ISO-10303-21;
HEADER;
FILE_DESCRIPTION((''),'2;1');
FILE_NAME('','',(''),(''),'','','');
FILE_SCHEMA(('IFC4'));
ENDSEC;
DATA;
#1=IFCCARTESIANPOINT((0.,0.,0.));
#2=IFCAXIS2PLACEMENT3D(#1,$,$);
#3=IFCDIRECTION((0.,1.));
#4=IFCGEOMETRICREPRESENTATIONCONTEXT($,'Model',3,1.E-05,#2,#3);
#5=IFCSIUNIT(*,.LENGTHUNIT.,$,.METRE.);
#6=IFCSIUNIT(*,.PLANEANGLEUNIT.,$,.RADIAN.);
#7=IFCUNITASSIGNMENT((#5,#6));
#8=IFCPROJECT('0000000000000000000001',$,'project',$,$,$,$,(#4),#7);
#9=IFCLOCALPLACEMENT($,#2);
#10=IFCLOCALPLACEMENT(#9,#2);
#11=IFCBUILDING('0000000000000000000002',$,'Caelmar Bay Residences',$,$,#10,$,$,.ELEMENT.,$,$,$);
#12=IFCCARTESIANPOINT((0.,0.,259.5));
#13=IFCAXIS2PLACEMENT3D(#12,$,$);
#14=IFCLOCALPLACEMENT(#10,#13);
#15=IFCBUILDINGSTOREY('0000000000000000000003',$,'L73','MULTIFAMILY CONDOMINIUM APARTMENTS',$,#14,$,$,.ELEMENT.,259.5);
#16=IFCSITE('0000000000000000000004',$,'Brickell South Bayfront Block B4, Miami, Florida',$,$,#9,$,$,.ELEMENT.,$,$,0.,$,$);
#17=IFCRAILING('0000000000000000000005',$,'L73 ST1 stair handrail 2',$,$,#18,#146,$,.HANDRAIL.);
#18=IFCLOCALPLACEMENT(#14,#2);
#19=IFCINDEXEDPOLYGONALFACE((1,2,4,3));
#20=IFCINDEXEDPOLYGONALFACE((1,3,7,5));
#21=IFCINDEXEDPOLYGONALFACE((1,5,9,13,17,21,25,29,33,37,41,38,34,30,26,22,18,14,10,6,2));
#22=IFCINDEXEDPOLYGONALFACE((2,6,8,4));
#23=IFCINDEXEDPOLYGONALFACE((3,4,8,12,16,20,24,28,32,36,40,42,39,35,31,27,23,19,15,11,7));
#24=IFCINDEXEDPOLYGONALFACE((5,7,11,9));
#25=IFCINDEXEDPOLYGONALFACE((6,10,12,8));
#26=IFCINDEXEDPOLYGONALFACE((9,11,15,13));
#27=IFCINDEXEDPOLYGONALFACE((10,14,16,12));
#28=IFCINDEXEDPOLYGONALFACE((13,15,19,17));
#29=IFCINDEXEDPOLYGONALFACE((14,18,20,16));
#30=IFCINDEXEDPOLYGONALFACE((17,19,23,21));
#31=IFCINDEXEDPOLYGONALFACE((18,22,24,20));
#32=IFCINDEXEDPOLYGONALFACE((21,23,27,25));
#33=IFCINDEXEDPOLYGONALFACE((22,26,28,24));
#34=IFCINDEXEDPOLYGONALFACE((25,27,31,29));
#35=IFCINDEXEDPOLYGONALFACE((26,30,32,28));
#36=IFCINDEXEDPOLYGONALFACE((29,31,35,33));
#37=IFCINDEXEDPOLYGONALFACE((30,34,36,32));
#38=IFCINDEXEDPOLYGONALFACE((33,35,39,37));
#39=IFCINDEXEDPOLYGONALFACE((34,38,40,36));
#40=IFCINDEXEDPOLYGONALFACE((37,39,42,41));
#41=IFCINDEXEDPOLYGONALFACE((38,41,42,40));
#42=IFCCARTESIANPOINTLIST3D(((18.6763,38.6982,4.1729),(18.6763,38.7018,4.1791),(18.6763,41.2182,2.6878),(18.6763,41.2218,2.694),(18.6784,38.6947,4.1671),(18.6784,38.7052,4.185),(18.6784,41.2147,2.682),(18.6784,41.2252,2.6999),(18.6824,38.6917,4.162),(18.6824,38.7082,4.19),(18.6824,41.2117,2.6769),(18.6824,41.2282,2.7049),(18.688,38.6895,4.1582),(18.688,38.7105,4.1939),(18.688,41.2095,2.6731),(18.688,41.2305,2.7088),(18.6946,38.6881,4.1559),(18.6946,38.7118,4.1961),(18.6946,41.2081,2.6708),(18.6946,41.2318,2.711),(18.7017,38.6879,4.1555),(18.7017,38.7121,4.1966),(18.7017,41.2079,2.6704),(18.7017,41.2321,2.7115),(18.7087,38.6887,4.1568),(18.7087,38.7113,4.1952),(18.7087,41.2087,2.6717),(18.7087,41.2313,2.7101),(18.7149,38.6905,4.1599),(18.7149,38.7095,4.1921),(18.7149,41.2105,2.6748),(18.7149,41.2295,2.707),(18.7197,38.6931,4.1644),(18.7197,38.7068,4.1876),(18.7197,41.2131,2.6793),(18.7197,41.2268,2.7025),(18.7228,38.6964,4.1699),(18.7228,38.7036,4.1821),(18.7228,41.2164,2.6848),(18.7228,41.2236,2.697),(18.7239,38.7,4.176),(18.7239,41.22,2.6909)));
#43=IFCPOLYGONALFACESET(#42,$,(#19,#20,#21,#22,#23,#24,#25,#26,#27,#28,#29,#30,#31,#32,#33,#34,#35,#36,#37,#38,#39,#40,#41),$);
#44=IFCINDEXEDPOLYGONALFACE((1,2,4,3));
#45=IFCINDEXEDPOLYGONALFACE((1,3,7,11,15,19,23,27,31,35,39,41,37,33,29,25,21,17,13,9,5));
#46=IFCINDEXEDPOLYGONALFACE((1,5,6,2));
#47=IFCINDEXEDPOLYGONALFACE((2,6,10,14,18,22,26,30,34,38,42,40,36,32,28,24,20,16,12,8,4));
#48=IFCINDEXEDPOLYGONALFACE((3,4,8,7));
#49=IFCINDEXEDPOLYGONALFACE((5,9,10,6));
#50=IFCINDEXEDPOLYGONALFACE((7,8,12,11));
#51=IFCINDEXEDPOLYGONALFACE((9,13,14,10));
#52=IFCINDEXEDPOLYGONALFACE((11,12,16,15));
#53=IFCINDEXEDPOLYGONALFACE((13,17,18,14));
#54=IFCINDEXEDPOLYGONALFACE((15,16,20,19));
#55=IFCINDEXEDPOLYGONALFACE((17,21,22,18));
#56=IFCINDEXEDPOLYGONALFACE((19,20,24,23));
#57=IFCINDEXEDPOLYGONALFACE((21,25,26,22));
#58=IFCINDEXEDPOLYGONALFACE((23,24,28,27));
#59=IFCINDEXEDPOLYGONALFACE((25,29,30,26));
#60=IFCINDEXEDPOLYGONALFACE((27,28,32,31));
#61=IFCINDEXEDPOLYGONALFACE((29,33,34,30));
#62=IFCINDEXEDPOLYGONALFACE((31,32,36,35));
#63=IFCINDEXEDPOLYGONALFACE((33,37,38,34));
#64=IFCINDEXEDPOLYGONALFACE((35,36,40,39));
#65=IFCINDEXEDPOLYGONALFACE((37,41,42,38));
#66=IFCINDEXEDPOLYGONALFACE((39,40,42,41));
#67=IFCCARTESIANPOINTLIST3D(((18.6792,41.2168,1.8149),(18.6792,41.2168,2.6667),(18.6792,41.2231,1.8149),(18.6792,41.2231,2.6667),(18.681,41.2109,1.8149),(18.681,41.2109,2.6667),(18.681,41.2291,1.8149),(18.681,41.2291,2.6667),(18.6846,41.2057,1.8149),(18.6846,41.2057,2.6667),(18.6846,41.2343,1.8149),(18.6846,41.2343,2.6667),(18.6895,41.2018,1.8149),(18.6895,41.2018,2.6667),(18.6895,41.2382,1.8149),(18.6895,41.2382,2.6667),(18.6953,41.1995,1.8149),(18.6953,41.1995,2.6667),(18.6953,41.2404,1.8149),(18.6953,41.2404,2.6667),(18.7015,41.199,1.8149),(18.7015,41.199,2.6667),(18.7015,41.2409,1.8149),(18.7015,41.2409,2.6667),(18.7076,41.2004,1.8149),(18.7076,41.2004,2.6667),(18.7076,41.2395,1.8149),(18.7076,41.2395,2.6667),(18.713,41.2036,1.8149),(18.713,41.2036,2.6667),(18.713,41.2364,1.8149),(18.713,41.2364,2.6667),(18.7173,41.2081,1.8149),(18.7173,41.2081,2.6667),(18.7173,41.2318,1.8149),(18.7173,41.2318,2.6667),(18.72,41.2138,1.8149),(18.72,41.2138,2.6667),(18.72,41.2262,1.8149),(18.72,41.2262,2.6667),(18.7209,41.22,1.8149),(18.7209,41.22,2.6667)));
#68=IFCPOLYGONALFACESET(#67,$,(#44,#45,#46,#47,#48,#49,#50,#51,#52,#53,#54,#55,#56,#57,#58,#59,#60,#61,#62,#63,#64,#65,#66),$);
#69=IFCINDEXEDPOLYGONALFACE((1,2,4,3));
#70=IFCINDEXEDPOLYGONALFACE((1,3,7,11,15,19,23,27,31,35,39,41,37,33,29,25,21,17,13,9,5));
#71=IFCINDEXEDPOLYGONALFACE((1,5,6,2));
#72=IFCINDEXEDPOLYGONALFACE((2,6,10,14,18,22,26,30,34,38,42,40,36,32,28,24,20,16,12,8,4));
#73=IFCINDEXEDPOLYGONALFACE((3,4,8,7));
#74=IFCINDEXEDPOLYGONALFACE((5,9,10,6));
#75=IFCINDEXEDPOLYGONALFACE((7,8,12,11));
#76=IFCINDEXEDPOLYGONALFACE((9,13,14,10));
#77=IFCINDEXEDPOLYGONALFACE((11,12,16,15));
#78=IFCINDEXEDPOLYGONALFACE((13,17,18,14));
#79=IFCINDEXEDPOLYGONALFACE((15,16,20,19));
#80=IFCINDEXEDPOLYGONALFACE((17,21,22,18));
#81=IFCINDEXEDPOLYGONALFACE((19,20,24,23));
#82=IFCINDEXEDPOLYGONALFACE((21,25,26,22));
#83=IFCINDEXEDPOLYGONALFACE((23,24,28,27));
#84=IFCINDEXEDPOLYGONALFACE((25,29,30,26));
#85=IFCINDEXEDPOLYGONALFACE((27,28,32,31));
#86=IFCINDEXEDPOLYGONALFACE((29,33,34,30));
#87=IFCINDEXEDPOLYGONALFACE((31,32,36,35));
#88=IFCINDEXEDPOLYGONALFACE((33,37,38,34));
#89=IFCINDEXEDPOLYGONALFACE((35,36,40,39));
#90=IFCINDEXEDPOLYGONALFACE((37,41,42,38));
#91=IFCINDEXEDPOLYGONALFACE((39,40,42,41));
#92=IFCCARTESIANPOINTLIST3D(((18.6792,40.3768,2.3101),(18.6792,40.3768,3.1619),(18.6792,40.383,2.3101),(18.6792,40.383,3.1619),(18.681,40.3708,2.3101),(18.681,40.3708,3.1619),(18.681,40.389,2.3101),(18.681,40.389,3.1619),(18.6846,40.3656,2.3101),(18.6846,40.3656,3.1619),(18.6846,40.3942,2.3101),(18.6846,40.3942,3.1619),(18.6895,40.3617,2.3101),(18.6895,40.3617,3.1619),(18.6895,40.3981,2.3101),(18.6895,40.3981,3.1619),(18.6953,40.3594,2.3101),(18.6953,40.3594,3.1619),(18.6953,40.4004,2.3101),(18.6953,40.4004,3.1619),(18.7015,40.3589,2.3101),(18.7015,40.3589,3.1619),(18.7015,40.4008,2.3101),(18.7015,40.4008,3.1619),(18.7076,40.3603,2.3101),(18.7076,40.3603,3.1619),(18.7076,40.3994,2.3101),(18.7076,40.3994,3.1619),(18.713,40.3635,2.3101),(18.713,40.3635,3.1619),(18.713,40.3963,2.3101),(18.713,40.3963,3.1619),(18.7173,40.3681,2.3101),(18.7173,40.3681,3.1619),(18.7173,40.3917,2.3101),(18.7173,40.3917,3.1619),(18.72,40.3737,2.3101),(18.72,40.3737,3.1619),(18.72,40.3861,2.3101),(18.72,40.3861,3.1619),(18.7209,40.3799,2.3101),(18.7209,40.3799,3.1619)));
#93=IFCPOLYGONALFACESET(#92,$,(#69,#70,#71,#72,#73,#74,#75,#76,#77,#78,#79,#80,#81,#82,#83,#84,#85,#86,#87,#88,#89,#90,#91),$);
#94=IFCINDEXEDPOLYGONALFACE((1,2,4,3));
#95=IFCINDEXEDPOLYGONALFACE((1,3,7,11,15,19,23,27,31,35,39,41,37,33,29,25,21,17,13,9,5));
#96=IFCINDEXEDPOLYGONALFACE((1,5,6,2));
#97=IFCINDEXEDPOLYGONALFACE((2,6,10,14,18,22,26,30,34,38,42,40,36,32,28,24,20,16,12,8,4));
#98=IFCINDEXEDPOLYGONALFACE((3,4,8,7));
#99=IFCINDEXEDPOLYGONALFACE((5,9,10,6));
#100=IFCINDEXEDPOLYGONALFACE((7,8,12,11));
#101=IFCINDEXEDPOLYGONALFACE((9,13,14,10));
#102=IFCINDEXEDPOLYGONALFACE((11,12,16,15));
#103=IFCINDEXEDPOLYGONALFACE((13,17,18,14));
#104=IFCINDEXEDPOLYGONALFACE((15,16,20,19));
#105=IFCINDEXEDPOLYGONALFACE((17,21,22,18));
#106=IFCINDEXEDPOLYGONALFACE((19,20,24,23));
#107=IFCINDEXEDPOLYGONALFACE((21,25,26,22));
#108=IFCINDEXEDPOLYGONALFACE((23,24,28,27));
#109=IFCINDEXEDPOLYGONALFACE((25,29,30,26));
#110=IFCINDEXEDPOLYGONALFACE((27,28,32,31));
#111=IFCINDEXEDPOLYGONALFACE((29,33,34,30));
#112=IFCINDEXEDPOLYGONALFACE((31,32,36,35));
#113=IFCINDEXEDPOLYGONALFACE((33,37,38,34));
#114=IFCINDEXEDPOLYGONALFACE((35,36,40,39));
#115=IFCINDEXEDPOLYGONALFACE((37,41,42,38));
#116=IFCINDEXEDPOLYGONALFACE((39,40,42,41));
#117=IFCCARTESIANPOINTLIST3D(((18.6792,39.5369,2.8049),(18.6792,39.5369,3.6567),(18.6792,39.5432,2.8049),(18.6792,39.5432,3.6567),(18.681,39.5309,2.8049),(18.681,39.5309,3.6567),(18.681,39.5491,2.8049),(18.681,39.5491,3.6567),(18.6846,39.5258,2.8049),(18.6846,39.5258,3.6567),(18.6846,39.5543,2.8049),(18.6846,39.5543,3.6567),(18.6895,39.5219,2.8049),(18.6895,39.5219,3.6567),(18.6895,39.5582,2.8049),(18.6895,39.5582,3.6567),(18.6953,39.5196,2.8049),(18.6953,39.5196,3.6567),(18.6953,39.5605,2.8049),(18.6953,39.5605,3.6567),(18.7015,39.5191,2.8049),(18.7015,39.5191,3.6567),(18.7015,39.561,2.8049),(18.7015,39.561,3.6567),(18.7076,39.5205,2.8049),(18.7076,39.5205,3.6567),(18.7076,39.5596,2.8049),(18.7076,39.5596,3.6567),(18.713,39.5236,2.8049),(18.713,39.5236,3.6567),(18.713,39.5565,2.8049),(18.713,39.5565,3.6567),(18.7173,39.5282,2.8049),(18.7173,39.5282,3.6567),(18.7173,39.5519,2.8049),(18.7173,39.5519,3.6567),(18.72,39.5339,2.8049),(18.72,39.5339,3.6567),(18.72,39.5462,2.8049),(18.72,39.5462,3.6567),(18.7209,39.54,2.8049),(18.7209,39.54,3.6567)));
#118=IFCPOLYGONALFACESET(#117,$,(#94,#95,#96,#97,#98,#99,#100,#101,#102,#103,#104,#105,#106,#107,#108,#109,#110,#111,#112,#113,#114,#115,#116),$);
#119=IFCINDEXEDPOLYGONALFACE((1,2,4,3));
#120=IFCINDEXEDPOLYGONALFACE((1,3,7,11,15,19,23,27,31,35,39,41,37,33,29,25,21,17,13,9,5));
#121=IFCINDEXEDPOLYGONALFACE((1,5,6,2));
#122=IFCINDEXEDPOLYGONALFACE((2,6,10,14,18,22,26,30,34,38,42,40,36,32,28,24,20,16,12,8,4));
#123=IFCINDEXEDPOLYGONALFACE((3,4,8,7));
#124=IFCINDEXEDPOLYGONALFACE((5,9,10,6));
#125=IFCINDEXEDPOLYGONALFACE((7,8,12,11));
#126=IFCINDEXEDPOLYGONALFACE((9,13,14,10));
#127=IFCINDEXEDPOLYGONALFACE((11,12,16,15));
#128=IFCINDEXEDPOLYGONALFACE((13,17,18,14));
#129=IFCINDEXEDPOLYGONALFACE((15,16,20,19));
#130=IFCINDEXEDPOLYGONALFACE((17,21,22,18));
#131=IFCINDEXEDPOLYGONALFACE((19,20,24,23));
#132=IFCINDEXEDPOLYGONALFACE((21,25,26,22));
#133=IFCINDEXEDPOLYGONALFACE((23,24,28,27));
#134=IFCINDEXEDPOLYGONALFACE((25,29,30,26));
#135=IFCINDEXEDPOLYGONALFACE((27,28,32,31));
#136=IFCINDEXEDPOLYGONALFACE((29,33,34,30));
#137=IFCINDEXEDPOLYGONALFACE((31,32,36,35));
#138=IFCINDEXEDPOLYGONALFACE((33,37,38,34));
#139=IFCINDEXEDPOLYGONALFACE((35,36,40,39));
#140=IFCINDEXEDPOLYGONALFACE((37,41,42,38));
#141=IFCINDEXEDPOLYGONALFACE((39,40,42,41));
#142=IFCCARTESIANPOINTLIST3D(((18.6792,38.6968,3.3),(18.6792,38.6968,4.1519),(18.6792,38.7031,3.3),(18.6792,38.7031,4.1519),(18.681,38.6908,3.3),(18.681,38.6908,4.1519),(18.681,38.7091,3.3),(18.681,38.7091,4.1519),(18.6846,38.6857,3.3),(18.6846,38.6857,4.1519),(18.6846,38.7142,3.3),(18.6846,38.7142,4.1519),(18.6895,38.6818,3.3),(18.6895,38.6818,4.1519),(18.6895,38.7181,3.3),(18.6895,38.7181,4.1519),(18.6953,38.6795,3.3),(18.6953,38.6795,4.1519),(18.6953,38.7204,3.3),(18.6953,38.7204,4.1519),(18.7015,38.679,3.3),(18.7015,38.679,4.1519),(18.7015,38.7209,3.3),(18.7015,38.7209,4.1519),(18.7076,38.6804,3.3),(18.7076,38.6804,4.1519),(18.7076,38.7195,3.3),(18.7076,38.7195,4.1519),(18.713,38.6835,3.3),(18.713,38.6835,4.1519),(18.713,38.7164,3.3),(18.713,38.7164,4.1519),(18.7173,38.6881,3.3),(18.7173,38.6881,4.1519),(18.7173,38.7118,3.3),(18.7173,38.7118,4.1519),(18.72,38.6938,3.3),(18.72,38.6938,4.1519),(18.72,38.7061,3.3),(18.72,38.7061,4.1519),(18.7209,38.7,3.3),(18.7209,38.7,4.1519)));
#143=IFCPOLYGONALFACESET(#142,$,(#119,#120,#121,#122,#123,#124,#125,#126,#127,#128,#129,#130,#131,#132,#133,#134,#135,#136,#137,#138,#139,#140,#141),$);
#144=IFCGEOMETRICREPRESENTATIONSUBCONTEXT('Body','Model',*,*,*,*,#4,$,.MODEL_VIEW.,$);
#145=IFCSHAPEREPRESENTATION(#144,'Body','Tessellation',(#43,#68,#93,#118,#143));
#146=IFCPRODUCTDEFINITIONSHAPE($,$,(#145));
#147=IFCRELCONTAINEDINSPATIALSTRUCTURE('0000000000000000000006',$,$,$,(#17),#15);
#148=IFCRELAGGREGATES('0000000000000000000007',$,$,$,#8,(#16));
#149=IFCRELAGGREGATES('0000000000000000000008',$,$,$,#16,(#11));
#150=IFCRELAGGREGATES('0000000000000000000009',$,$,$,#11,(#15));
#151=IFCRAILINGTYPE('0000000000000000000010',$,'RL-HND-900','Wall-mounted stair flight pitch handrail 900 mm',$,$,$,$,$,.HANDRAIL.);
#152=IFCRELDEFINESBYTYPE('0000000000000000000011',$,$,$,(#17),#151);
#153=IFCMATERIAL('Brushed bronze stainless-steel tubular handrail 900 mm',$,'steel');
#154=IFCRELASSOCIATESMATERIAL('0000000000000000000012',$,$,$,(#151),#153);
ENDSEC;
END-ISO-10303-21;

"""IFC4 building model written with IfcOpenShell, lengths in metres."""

from ifc_helpers import new_model, si_unit, direction, frame, origin, origin_2d, place, context, subcontext, project, spatial, circle, extrude, material, type_object, element, save


model = new_model("IFC4")

# Units and contexts
model_context = context("Model", 3, precision=1e-05, world=origin(), true_north=direction((0.0, 1.0)))
body_context = subcontext(model_context, "Body", "Model", "MODEL_VIEW")
ifc_project = project(units=[si_unit("LENGTHUNIT", "METRE"), si_unit("PLANEANGLEUNIT", "RADIAN")], contexts=[model_context])

# Site, building, storey
site_placement = place(None, origin())
site = spatial("IfcSite", under=ifc_project, at=site_placement, Name="Brickell South Bayfront Block B4, Miami, Florida", CompositionType="ELEMENT", RefElevation=0.0)
building_placement = place(site_placement, origin())
building = spatial("IfcBuilding", under=site, at=building_placement, Name="Caelmar Bay Residences", CompositionType="ELEMENT")
storey_placement = place(building_placement, frame((0.0, 0.0, 259.5)))
storey = spatial("IfcBuildingStorey", under=building, at=storey_placement, Name="L73", Description="MULTIFAMILY CONDOMINIUM APARTMENTS", CompositionType="ELEMENT", Elevation=259.5)

# Railing
ifc_material_1 = material(Name="Brushed bronze stainless-steel tubular handrail 900 mm", Category="steel")
railing_type_1 = type_object("IfcRailingType", Name="RL-HND-900", Description="Wall-mounted stair flight pitch handrail 900 mm", PredefinedType="HANDRAIL", material=ifc_material_1)
railing_1_placement = place(storey_placement, frame((18.7, 41.22, 1.8149)))
element("IfcRailing", 1, at=railing_1_placement, inside=storey, type_object=railing_type_1, Name="L73 ST1 stair handrail 2", PredefinedType="HANDRAIL", context=body_context, shape_type="SweptSolid", body=[
    extrude(circle(Radius=0.0239, at=origin_2d()), frame((0.0, 0.0, 0.876), z_axis=(0.0, -0.861524, 0.507717), x_axis=(1.0, 0.0, 0.0)), (0.0, 0.0, 1.0), 2.925),
    extrude(circle(Radius=0.021, at=origin_2d()), origin(), (0.0, 0.0, 1.0), 0.8518),
    extrude(circle(Radius=0.021, at=origin_2d()), frame((0.0, -0.8401, 0.4951)), (0.0, 0.0, 1.0), 0.8518),
    extrude(circle(Radius=0.021, at=origin_2d()), frame((0.0, -1.6799, 0.99)), (0.0, 0.0, 1.0), 0.8518),
    extrude(circle(Radius=0.021, at=origin_2d()), frame((0.0, -2.52, 1.4851)), (0.0, 0.0, 1.0), 0.8518),
])

save(model, "model.ifc")
